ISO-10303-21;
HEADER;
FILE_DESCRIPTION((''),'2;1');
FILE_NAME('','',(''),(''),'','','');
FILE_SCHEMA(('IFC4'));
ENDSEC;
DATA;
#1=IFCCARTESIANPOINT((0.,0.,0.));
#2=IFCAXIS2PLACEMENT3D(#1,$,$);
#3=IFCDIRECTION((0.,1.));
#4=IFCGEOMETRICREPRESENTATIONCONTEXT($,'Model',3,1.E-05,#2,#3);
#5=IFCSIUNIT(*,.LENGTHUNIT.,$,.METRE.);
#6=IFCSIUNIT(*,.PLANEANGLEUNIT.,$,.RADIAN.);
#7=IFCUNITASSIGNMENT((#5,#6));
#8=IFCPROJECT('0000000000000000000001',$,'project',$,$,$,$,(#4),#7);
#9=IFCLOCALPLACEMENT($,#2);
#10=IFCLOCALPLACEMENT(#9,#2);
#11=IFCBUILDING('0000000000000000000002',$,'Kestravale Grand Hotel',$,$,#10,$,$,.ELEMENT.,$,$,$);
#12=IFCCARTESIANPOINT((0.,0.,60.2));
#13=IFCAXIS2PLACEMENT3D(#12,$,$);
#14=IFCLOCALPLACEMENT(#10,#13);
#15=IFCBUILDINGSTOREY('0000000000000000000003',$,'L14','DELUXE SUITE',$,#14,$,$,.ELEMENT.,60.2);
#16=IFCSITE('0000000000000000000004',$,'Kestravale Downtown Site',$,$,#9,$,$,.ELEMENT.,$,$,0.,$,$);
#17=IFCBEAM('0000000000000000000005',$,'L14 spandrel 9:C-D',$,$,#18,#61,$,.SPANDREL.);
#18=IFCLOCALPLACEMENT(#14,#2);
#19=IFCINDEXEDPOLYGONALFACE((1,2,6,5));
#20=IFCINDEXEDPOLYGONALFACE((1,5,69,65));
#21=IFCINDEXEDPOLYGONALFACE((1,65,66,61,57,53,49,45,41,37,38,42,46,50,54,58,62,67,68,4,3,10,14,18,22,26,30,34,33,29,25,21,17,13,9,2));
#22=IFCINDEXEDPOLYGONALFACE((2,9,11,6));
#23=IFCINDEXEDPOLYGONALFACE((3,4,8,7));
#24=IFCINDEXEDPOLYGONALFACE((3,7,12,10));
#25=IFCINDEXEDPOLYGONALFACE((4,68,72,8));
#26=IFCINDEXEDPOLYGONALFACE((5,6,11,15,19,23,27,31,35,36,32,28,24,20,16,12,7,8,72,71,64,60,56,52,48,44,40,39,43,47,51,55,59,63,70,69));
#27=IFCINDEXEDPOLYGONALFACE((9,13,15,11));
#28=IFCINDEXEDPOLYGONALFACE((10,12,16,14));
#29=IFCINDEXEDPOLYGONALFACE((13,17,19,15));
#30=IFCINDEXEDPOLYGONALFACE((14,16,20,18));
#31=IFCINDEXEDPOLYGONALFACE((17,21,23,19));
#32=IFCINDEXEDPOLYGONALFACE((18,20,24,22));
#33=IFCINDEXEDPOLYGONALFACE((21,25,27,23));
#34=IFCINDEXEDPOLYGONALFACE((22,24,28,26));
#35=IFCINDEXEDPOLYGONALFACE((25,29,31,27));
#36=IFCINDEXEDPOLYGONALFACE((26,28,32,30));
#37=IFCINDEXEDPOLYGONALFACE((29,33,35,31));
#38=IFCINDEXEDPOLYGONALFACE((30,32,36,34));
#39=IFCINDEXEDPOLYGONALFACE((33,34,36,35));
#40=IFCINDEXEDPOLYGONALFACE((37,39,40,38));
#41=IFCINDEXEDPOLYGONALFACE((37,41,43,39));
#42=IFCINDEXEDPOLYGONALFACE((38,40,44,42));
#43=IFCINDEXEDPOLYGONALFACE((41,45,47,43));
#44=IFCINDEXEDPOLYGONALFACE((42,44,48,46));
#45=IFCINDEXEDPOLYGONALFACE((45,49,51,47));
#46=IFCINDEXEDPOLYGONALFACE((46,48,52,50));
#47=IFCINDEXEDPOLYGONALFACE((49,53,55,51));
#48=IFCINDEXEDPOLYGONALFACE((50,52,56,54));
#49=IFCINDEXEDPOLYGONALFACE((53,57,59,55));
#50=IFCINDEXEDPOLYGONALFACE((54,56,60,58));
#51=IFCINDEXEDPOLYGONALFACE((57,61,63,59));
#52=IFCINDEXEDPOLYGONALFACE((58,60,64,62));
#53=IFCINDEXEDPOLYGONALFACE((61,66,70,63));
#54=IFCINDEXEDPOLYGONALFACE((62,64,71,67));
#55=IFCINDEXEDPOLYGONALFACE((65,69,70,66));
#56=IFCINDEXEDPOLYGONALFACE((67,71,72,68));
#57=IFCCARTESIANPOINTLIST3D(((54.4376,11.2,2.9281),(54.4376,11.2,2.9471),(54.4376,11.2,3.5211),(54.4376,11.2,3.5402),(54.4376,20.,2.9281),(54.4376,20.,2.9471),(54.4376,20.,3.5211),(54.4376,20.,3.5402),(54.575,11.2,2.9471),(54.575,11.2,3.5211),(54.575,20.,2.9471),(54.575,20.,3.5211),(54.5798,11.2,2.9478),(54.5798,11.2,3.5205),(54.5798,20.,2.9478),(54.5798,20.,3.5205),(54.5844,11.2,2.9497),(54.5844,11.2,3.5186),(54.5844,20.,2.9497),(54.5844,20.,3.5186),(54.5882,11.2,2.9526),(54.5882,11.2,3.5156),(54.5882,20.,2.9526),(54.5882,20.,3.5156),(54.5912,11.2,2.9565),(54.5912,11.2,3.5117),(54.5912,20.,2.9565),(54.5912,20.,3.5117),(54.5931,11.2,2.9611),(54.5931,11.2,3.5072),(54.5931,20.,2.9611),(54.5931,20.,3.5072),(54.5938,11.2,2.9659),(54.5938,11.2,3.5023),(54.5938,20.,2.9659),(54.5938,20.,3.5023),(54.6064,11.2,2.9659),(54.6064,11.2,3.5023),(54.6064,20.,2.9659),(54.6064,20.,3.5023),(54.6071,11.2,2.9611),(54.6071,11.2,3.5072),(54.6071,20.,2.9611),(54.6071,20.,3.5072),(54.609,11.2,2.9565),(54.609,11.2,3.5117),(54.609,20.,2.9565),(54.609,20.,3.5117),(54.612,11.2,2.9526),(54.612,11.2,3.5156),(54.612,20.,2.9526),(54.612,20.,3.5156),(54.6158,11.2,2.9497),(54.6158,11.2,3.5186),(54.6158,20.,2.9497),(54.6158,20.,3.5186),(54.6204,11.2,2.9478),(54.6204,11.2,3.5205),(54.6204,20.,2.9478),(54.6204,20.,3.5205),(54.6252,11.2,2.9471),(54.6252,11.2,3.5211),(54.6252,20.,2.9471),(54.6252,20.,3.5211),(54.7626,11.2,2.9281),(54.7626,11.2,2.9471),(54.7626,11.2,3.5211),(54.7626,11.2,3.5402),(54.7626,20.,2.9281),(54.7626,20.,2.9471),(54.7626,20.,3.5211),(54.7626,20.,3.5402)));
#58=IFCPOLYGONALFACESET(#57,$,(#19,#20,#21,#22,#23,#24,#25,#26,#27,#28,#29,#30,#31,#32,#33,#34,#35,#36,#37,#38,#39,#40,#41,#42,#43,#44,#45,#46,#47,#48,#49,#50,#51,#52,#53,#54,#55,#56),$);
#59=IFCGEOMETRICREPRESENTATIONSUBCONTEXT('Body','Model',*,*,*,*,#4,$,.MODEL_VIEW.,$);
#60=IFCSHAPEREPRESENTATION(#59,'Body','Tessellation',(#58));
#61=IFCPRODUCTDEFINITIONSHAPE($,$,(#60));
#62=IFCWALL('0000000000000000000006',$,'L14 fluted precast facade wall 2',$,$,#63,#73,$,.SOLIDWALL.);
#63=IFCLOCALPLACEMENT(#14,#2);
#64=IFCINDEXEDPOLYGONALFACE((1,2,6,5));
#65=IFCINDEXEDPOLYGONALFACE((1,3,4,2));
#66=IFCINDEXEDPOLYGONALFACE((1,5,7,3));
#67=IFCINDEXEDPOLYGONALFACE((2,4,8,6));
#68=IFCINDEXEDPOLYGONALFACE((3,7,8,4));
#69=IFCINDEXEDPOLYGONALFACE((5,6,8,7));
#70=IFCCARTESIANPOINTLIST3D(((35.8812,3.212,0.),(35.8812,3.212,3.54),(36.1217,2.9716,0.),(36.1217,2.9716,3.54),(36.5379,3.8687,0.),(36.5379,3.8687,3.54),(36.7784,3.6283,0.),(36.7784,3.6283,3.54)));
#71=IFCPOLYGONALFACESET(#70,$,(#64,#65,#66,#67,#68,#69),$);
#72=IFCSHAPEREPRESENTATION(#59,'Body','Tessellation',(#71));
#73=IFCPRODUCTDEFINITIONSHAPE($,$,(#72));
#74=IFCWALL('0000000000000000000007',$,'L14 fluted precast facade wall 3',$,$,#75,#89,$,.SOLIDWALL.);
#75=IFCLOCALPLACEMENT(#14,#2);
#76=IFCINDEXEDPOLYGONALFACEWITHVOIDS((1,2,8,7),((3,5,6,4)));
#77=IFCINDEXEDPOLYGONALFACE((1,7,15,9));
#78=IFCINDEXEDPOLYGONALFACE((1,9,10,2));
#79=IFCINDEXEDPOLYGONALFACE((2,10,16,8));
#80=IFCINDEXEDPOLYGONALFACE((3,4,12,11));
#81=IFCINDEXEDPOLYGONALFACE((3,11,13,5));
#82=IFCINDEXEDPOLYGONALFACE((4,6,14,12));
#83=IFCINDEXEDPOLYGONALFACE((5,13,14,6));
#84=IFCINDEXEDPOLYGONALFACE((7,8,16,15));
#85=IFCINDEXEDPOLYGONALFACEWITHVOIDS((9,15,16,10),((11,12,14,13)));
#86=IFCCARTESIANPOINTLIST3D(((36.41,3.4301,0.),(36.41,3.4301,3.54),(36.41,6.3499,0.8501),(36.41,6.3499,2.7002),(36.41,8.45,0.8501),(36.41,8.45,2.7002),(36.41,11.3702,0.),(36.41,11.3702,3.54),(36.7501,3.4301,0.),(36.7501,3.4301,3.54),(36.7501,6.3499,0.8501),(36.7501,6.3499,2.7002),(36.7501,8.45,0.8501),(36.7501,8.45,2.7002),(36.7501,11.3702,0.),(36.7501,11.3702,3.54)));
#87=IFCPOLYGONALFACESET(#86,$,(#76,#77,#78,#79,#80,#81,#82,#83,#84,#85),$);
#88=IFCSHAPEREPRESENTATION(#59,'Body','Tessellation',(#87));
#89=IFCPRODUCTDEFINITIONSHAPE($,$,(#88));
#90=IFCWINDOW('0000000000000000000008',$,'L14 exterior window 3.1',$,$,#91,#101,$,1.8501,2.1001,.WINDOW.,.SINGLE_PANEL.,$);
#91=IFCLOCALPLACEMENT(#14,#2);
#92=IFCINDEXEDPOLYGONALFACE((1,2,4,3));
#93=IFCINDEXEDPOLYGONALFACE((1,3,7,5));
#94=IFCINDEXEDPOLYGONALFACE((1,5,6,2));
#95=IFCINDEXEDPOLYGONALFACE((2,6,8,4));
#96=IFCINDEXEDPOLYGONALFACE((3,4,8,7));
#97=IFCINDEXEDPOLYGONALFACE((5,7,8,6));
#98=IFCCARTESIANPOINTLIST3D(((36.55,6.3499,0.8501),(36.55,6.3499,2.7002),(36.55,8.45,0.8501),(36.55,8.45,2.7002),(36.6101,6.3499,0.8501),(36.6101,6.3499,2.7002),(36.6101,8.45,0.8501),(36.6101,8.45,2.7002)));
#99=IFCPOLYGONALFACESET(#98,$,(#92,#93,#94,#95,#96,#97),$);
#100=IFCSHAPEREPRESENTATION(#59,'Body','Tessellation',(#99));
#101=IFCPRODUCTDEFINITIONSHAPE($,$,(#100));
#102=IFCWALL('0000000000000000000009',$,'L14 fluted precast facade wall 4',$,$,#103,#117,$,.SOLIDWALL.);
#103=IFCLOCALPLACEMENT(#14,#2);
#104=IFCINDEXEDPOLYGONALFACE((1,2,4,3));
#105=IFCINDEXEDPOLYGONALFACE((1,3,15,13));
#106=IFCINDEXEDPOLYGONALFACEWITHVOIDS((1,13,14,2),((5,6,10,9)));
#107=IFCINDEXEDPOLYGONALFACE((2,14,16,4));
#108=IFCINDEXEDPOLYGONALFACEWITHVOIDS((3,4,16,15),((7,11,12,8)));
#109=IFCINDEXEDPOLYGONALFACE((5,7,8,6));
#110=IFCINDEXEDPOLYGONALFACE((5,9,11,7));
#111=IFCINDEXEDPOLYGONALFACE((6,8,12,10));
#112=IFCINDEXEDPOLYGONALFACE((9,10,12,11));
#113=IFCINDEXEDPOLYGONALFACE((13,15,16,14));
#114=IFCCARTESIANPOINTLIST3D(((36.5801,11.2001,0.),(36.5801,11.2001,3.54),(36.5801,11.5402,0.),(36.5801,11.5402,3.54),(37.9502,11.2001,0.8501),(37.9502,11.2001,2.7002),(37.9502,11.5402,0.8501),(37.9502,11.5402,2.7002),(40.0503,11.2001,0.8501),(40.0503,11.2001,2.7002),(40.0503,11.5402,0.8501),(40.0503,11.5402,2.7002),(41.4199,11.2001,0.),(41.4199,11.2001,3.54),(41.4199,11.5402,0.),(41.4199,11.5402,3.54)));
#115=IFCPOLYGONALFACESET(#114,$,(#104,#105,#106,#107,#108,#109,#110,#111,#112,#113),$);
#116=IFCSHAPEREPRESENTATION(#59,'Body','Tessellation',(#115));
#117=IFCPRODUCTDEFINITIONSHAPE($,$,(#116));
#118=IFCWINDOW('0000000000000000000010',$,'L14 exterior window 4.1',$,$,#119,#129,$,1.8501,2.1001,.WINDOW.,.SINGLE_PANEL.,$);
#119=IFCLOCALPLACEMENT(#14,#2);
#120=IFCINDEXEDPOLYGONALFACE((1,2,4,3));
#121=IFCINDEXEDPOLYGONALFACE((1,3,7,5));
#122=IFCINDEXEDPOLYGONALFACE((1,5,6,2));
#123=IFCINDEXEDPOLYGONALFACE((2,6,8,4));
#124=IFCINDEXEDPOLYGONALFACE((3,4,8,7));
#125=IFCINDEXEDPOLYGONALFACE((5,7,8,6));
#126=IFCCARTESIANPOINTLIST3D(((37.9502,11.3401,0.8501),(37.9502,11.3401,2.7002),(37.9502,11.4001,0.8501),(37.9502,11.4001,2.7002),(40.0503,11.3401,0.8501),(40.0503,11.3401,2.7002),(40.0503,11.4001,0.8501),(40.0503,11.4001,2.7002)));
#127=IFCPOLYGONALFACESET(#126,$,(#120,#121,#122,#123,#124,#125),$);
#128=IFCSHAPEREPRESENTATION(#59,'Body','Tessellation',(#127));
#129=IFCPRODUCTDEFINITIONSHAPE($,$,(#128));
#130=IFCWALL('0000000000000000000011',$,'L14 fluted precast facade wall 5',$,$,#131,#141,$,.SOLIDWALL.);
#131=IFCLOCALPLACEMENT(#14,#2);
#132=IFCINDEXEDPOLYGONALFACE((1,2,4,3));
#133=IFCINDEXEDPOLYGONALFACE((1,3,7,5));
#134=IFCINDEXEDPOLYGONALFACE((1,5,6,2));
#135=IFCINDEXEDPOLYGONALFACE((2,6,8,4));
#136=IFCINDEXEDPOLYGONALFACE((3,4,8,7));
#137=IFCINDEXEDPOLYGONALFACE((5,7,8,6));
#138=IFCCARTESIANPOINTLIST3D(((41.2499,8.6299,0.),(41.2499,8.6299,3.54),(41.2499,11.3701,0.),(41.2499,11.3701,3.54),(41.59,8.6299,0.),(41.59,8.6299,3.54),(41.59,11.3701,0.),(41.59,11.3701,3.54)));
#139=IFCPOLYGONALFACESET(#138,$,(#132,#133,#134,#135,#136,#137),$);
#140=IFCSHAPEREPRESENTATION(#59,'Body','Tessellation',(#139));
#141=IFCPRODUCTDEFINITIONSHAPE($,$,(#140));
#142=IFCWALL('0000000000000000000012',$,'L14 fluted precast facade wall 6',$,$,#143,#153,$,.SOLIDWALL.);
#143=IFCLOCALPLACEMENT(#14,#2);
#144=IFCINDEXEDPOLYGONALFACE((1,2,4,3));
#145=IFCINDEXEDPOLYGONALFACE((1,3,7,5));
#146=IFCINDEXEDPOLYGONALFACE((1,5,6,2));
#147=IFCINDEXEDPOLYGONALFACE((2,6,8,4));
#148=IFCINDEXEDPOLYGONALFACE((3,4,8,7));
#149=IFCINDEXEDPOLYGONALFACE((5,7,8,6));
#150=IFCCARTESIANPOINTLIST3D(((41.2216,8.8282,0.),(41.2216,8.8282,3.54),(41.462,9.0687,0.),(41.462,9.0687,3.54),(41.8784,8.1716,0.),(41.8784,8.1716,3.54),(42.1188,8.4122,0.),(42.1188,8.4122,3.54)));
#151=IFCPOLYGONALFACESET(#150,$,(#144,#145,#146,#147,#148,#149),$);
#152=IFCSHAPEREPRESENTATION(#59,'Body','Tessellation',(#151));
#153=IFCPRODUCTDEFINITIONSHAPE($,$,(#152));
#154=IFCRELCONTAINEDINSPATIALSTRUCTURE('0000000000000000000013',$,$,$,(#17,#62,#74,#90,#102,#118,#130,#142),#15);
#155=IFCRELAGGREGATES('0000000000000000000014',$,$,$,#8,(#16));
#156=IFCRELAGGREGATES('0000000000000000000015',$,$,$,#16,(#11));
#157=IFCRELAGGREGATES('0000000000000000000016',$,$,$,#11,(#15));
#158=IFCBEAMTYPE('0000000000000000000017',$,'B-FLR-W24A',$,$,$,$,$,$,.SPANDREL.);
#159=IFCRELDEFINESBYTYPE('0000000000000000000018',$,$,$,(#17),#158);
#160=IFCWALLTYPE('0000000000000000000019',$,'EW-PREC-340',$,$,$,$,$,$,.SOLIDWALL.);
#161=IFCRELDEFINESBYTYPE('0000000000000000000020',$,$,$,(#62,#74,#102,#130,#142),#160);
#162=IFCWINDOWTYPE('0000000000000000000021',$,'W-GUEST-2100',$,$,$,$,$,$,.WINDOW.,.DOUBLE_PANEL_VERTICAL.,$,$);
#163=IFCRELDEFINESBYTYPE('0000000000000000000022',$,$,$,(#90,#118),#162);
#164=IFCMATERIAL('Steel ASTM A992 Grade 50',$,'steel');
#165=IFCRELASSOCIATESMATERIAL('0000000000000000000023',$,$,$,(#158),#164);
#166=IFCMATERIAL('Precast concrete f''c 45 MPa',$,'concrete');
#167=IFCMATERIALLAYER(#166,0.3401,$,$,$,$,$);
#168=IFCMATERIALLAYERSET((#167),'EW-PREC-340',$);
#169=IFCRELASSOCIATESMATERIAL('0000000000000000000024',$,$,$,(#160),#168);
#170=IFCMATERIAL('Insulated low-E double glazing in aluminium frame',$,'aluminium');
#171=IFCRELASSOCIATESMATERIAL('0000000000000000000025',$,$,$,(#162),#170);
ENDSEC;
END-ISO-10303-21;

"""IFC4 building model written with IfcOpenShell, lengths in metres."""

from ifc_helpers import new_model, si_unit, direction, frame, frame_2d, origin, origin_2d, place, context, subcontext, project, spatial, rectangle, i_section, extrude, material, layer, layer_set, material_profile, profile_set, type_object, element, fill, save


model = new_model("IFC4")

# Units and contexts
model_context = context("Model", 3, precision=1e-05, world=origin(), true_north=direction((0.0, 1.0)))
body_context = subcontext(model_context, "Body", "Model", "MODEL_VIEW")
ifc_project = project(units=[si_unit("LENGTHUNIT", "METRE"), si_unit("PLANEANGLEUNIT", "RADIAN")], contexts=[model_context])

# Site, building, storey
site_placement = place(None, origin())
site = spatial("IfcSite", under=ifc_project, at=site_placement, Name="Kestravale Downtown Site", CompositionType="ELEMENT", RefElevation=0.0)
building_placement = place(site_placement, origin())
building = spatial("IfcBuilding", under=site, at=building_placement, Name="Kestravale Grand Hotel", CompositionType="ELEMENT")
storey_placement = place(building_placement, frame((0.0, 0.0, 60.2)))
storey = spatial("IfcBuildingStorey", under=building, at=storey_placement, Name="L14", Description="DELUXE SUITE", CompositionType="ELEMENT", Elevation=60.2)

# Beam
ifc_material_1 = material(Name="Steel ASTM A992 Grade 50", Category="steel")
ifc_material_profile_1 = material_profile(ifc_material_1, i_section(OverallWidth=0.325, OverallDepth=0.6121, WebThickness=0.0127, FlangeThickness=0.019, FilletRadius=0.0188, at=origin_2d()))
ifc_profile_set_1 = profile_set([ifc_material_profile_1], Name="Steel ASTM A992 Grade 50")
beam_type_1 = type_object("IfcBeamType", Name="B-FLR-W24A", PredefinedType="SPANDREL", material=ifc_profile_set_1)
beam_1_placement = place(storey_placement, frame((54.6001, 11.2, 3.2341), z_axis=(0.0, 1.0, 0.0), x_axis=(-1.0, 0.0, 0.0)))
element("IfcBeam", 1, at=beam_1_placement, inside=storey, type_object=beam_type_1, Name="L14 spandrel 9:C-D", PredefinedType="SPANDREL", context=body_context, shape_type="SweptSolid", body=[
    extrude(i_section(OverallWidth=0.325, OverallDepth=0.6121, WebThickness=0.0127, FlangeThickness=0.019, FilletRadius=0.0188, at=origin_2d()), origin(), (0.0, 0.0, 1.0), 8.8),
])

# Wall
ifc_material_2 = material(Name="Precast concrete f'c 45 MPa", Category="concrete")
ifc_layer_1 = layer(ifc_material_2, 0.3401)
ifc_layer_set_1 = layer_set([ifc_layer_1], Name="EW-PREC-340")
wall_type_1 = type_object("IfcWallType", Name="EW-PREC-340", PredefinedType="SOLIDWALL", material=ifc_layer_set_1)
wall_1_placement = place(storey_placement, frame((36.0015, 3.0918, 0.0), z_axis=(0.0, 0.0, 1.0), x_axis=(0.707107, 0.707107, 0.0)))
element("IfcWall", 2, at=wall_1_placement, inside=storey, type_object=wall_type_1, Name="L14 fluted precast facade wall 2", PredefinedType="SOLIDWALL", context=body_context, shape_type="SweptSolid", body=[
    extrude(rectangle(XDim=0.9287, YDim=0.3401, at=frame_2d((0.4644, 0.0))), origin(), (0.0, 0.0, 1.0), 3.54),
])

# Walls, openings, windows
wall_2_placement = place(storey_placement, frame((36.5801, 3.4299, 0.0), z_axis=(0.0, 0.0, 1.0), x_axis=(0.0, 1.0, 0.0)))
wall_2 = element("IfcWall", 3, at=wall_2_placement, inside=storey, type_object=wall_type_1, Name="L14 fluted precast facade wall 3", PredefinedType="SOLIDWALL", context=body_context, shape_type="SweptSolid", body=[
    extrude(rectangle(XDim=7.9402, YDim=0.3401, at=frame_2d((3.9702, 0.0))), origin(), (0.0, 0.0, 1.0), 3.54),
])
opening_1_placement = place(wall_2_placement, frame((2.9199, 0.0, 0.8501)))
opening_1 = element("IfcOpeningElement", 4, at=opening_1_placement, cuts=wall_2, PredefinedType="OPENING", context=body_context, shape_type="SweptSolid", body=[
    extrude(rectangle(XDim=2.1001, YDim=1.8501, at=frame_2d((1.05, 0.925))), frame((0.0, 0.1799, 0.0), z_axis=(0.0, -1.0, 0.0), x_axis=(1.0, 0.0, 0.0)), (0.0, 0.0, 1.0), 0.3601),
])
ifc_material_3 = material(Name="Insulated low-E double glazing in aluminium frame", Category="aluminium")
window_type_1 = type_object("IfcWindowType", Name="W-GUEST-2100", PartitioningType="DOUBLE_PANEL_VERTICAL", PredefinedType="WINDOW", material=ifc_material_3)
window_1_placement = place(opening_1_placement, origin())
window_1 = element("IfcWindow", 5, at=window_1_placement, inside=storey, type_object=window_type_1, Name="L14 exterior window 3.1", OverallHeight=1.8501, OverallWidth=2.1001, PartitioningType="SINGLE_PANEL", PredefinedType="WINDOW", context=body_context, shape_type="SweptSolid", body=[
    extrude(rectangle(XDim=2.1001, YDim=1.8501, at=frame_2d((1.05, 0.925))), frame((0.0, 0.03, 0.0), z_axis=(0.0, -1.0, 0.0), x_axis=(1.0, 0.0, 0.0)), (0.0, 0.0, 1.0), 0.0601),
])
fill(opening_1, window_1)
wall_3_placement = place(storey_placement, frame((36.5801, 11.3701, 0.0), z_axis=(0.0, 0.0, 1.0), x_axis=(1.0, 0.0, 0.0)))
wall_3 = element("IfcWall", 6, at=wall_3_placement, inside=storey, type_object=wall_type_1, Name="L14 fluted precast facade wall 4", PredefinedType="SOLIDWALL", context=body_context, shape_type="SweptSolid", body=[
    extrude(rectangle(XDim=4.8398, YDim=0.3401, at=frame_2d((2.4199, 0.0))), origin(), (0.0, 0.0, 1.0), 3.54),
])
opening_2_placement = place(wall_3_placement, frame((1.3701, 0.0, 0.8501)))
opening_2 = element("IfcOpeningElement", 7, at=opening_2_placement, cuts=wall_3, PredefinedType="OPENING", context=body_context, shape_type="SweptSolid", body=[
    extrude(rectangle(XDim=2.1001, YDim=1.8501, at=frame_2d((1.05, 0.925))), frame((0.0, 0.1799, 0.0), z_axis=(0.0, -1.0, 0.0), x_axis=(1.0, 0.0, 0.0)), (0.0, 0.0, 1.0), 0.3601),
])
window_2_placement = place(opening_2_placement, origin())
window_2 = element("IfcWindow", 8, at=window_2_placement, inside=storey, type_object=window_type_1, Name="L14 exterior window 4.1", OverallHeight=1.8501, OverallWidth=2.1001, PartitioningType="SINGLE_PANEL", PredefinedType="WINDOW", context=body_context, shape_type="SweptSolid", body=[
    extrude(rectangle(XDim=2.1001, YDim=1.8501, at=frame_2d((1.05, 0.925))), frame((0.0, 0.03, 0.0), z_axis=(0.0, -1.0, 0.0), x_axis=(1.0, 0.0, 0.0)), (0.0, 0.0, 1.0), 0.0601),
])
fill(opening_2, window_2)

# Walls
wall_4_placement = place(storey_placement, frame((41.4199, 11.3701, 0.0), z_axis=(0.0, 0.0, 1.0), x_axis=(0.0, -1.0, 0.0)))
element("IfcWall", 9, at=wall_4_placement, inside=storey, type_object=wall_type_1, Name="L14 fluted precast facade wall 5", PredefinedType="SOLIDWALL", context=body_context, shape_type="SweptSolid", body=[
    extrude(rectangle(XDim=2.7402, YDim=0.3401, at=frame_2d((1.3701, 0.0))), origin(), (0.0, 0.0, 1.0), 3.54),
])
wall_5_placement = place(storey_placement, frame((41.3418, 8.9485, 0.0), z_axis=(0.0, 0.0, 1.0), x_axis=(0.707238, -0.706975, 0.0)))
element("IfcWall", 10, at=wall_5_placement, inside=storey, type_object=wall_type_1, Name="L14 fluted precast facade wall 6", PredefinedType="SOLIDWALL", context=body_context, shape_type="SweptSolid", body=[
    extrude(rectangle(XDim=0.9287, YDim=0.3401, at=frame_2d((0.4644, 0.0))), origin(), (0.0, 0.0, 1.0), 3.54),
])

save(model, "model.ifc")
